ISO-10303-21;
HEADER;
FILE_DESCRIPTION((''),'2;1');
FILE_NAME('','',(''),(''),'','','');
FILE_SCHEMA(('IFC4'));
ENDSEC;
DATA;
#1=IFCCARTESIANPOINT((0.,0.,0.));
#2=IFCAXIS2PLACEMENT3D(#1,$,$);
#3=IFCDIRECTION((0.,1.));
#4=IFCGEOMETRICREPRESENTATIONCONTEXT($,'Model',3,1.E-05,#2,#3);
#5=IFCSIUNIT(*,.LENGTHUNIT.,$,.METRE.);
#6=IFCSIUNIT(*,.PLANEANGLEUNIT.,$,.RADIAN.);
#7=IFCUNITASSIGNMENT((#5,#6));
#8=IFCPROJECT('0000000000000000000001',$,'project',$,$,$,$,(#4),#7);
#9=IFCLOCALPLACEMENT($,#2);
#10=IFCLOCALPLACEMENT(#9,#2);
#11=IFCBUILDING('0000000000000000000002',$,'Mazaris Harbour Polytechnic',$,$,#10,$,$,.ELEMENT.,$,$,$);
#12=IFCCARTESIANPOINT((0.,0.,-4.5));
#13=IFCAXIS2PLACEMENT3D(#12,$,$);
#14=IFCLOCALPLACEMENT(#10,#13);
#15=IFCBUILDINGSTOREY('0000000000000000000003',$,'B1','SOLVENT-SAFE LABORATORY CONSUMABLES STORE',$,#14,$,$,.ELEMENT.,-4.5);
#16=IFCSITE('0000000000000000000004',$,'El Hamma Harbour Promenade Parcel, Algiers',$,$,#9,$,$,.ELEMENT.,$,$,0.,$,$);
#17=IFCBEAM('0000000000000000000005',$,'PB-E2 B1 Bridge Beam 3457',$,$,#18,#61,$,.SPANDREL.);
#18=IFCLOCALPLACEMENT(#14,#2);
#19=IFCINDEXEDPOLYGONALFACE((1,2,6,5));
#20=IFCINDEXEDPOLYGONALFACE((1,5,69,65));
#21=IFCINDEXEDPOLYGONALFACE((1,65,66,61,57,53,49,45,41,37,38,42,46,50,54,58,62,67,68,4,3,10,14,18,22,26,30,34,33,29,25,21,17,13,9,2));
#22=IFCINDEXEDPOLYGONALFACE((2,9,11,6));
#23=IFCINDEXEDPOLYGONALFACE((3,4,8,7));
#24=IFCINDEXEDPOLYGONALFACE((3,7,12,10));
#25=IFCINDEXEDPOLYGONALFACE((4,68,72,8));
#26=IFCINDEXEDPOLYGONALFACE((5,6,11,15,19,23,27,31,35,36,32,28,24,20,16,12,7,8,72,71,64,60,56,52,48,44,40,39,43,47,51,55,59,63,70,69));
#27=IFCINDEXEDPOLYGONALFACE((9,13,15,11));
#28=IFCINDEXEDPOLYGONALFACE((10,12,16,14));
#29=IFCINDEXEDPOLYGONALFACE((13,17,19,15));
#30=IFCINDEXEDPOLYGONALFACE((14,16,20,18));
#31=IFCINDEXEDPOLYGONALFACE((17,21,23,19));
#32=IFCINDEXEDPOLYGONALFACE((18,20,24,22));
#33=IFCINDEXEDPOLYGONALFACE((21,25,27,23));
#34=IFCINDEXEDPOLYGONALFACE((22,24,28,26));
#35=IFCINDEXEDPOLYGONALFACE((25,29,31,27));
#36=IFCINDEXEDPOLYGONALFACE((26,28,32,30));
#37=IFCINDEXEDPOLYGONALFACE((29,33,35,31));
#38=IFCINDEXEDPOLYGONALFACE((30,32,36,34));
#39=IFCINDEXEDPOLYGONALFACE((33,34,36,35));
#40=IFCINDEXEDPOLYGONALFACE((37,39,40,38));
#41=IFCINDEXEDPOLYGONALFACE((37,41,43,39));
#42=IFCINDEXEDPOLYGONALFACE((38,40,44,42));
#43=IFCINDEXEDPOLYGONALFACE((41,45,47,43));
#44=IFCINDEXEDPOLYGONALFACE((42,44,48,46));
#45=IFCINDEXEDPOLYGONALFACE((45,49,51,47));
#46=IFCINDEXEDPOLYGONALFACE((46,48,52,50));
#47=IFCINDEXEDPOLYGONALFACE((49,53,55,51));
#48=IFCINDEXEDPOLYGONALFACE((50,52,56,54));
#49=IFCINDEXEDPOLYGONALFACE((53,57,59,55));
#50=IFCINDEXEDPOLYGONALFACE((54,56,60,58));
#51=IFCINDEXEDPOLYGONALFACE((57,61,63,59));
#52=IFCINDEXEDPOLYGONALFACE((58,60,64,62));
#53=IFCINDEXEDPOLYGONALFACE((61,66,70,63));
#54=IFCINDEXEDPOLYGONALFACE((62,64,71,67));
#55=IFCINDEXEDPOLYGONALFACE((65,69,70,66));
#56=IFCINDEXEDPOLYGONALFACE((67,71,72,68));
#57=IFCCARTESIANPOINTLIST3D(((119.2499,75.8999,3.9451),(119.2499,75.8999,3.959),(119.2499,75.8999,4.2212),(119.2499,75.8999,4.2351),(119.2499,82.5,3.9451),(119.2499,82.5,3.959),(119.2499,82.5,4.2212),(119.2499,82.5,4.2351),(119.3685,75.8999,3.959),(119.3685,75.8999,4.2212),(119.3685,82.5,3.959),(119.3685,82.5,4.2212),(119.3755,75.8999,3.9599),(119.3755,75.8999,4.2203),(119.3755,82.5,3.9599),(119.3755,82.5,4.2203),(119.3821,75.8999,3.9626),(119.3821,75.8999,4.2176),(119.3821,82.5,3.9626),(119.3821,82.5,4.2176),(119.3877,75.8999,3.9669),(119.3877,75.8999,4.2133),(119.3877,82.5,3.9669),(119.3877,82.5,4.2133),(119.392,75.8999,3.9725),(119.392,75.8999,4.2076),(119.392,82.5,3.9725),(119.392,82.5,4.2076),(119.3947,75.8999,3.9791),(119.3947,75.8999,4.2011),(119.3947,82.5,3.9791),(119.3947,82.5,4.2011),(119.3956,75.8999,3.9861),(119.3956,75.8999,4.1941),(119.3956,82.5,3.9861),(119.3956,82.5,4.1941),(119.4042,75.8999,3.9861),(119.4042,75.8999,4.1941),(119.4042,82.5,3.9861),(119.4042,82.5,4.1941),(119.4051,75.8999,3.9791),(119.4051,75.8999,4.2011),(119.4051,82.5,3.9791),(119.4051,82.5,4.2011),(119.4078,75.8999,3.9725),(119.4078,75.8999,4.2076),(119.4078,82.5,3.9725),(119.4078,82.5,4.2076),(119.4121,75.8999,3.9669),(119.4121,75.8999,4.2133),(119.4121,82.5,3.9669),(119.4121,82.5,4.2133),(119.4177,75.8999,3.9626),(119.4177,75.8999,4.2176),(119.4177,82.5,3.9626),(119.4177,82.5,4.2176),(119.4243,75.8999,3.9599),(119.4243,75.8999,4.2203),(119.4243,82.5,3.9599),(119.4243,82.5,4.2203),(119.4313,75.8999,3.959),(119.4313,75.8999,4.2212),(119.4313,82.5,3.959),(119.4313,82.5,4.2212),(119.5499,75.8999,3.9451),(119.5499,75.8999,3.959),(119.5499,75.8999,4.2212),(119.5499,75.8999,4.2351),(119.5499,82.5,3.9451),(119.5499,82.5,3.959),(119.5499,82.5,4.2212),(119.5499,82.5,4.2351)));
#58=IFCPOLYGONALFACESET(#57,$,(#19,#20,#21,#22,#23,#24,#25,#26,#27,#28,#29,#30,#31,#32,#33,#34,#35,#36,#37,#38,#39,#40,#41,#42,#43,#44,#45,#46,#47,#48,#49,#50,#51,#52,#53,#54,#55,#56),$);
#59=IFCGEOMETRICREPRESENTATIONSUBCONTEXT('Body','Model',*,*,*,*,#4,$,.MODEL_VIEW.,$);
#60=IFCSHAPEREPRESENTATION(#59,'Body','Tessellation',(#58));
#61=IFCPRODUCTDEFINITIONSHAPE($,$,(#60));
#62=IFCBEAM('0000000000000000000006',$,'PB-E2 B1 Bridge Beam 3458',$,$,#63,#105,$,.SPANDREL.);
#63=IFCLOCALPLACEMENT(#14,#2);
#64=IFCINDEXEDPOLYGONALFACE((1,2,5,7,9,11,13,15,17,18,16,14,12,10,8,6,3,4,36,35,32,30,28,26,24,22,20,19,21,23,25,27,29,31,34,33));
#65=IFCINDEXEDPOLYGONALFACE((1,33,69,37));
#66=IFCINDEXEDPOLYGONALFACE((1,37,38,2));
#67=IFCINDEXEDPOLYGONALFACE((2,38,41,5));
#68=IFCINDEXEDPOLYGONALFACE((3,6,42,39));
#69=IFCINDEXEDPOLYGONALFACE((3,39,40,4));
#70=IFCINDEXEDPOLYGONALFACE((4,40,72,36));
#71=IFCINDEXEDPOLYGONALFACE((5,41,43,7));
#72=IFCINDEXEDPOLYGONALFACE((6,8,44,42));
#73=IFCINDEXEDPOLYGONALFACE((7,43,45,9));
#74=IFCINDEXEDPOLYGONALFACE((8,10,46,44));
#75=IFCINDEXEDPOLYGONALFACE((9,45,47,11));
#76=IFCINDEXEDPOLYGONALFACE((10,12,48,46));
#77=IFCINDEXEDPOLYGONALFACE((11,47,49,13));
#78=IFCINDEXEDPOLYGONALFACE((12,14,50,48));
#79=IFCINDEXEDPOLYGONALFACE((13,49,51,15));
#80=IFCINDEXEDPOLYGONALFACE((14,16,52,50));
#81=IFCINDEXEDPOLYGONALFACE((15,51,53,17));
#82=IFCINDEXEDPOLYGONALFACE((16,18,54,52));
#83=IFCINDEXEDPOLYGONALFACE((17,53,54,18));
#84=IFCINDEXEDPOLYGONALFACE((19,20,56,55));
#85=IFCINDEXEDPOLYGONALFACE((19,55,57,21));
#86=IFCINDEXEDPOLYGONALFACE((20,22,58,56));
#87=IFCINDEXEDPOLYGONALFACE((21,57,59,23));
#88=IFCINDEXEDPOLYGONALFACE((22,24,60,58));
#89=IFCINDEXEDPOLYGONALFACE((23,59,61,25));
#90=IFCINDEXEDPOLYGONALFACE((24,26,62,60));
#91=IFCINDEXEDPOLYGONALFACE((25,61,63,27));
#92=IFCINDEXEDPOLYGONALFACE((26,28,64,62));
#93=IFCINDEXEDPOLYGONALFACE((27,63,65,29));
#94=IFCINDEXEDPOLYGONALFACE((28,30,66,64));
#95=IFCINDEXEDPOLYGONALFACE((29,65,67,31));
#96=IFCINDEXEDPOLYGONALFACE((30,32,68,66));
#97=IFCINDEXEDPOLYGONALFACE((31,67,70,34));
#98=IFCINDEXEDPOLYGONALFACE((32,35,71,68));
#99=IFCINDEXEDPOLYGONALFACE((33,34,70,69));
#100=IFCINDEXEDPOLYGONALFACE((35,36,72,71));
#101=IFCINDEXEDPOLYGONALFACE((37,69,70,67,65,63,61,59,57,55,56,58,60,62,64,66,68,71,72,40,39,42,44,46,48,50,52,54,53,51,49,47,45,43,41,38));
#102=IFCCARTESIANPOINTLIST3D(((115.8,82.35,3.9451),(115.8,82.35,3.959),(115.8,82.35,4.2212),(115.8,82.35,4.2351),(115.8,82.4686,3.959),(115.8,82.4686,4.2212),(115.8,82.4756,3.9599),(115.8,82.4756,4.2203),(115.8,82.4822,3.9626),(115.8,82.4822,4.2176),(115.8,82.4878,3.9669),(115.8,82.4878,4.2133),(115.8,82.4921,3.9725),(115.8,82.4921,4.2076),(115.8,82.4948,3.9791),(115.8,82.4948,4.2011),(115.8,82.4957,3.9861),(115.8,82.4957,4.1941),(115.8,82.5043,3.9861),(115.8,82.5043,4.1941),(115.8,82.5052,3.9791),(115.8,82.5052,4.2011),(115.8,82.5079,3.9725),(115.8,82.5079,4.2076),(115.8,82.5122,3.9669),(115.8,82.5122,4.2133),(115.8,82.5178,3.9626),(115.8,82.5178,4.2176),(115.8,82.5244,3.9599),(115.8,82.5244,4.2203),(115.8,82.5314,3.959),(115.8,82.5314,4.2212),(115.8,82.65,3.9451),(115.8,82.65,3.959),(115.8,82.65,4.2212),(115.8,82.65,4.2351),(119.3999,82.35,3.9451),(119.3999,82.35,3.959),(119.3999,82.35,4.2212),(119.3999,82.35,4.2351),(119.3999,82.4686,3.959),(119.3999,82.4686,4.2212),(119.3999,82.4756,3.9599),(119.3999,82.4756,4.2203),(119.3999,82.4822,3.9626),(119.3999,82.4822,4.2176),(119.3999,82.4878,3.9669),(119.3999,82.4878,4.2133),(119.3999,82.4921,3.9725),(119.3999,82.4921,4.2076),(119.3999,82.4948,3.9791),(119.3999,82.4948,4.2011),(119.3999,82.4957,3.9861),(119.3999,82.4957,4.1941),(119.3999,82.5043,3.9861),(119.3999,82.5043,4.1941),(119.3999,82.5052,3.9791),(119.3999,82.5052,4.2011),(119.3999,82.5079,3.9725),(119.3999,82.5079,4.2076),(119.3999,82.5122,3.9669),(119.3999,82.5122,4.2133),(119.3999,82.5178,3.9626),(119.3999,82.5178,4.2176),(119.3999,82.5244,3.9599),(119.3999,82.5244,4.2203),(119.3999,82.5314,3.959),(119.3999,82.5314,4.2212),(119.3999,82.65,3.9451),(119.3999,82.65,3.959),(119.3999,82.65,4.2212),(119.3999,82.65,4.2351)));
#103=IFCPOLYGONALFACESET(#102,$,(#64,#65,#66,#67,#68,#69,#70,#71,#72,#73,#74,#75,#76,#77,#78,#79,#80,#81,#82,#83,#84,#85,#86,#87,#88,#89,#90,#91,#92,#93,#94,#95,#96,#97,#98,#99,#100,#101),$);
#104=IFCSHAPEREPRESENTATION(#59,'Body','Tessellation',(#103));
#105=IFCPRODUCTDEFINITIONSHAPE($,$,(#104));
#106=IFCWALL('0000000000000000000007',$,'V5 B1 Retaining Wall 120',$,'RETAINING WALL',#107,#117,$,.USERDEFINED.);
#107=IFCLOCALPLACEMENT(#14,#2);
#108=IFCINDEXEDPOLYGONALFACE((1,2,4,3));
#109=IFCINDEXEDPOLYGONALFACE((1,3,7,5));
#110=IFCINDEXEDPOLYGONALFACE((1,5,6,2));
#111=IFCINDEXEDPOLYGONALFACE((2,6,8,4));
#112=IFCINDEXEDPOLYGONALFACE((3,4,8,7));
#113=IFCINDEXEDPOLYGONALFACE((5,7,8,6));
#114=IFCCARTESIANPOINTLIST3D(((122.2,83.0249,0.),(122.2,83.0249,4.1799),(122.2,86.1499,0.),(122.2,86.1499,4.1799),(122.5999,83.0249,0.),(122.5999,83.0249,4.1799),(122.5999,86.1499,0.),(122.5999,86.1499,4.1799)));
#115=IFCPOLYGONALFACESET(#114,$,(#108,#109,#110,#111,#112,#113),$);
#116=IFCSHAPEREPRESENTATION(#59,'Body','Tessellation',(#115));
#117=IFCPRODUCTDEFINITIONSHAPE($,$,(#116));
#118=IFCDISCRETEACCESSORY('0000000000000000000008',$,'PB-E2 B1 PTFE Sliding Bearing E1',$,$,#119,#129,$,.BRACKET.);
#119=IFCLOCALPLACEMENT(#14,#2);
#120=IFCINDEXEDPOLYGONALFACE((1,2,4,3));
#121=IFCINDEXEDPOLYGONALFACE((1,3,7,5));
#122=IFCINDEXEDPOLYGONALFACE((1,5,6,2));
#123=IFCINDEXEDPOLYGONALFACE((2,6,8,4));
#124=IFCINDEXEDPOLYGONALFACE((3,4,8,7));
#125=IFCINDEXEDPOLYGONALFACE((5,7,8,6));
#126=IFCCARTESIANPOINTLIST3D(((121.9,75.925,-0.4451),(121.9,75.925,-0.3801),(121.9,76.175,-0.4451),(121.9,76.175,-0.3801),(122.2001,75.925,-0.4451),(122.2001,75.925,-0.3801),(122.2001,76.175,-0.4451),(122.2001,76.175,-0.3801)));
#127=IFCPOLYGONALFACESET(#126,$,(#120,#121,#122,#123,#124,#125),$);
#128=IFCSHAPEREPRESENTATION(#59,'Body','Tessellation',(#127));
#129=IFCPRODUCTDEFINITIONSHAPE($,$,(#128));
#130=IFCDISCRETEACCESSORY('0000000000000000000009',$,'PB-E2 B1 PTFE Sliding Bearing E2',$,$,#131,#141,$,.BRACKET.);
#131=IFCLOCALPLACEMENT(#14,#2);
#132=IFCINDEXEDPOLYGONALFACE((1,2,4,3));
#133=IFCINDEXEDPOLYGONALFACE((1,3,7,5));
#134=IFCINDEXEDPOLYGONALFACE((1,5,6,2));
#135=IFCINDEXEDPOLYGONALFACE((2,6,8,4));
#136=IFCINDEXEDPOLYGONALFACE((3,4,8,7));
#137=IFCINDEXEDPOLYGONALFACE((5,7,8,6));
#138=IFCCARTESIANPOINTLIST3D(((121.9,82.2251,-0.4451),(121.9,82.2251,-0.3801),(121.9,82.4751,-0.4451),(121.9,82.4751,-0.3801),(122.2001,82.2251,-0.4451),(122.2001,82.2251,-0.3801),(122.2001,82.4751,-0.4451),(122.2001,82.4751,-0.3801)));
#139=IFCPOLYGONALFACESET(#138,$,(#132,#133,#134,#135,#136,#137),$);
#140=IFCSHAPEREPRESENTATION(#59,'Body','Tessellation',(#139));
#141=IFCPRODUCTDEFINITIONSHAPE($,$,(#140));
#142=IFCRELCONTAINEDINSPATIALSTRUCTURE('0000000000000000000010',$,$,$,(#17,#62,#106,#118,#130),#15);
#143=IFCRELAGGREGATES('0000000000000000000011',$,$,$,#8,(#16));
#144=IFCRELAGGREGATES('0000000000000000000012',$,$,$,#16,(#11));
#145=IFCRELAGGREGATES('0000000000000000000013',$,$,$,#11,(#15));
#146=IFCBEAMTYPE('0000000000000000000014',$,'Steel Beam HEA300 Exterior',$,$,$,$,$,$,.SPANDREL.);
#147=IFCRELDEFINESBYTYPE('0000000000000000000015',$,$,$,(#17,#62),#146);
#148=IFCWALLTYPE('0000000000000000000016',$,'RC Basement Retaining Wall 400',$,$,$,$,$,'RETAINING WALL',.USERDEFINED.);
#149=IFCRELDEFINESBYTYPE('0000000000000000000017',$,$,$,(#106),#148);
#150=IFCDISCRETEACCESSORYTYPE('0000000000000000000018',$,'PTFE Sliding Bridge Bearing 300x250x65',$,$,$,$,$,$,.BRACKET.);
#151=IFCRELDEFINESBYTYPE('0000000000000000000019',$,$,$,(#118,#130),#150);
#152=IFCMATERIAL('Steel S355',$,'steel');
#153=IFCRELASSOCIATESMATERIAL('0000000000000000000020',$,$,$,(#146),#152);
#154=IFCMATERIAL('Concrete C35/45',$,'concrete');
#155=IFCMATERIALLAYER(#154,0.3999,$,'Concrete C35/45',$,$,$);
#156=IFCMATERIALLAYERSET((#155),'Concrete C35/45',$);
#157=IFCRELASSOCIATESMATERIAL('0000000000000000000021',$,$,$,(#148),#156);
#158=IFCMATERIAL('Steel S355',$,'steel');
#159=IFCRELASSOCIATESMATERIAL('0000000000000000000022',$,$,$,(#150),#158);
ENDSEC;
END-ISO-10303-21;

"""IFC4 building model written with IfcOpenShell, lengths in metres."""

from ifc_helpers import new_model, si_unit, direction, frame, frame_2d, origin, origin_2d, place, context, subcontext, project, spatial, rectangle, i_section, extrude, material, layer, layer_set, material_profile, profile_set, type_object, element, save


model = new_model("IFC4")

# Units and contexts
model_context = context("Model", 3, precision=1e-05, world=origin(), true_north=direction((0.0, 1.0)))
body_context = subcontext(model_context, "Body", "Model", "MODEL_VIEW")
ifc_project = project(units=[si_unit("LENGTHUNIT", "METRE"), si_unit("PLANEANGLEUNIT", "RADIAN")], contexts=[model_context])

# Site, building, storey
site_placement = place(None, origin())
site = spatial("IfcSite", under=ifc_project, at=site_placement, Name="El Hamma Harbour Promenade Parcel, Algiers", CompositionType="ELEMENT", RefElevation=0.0)
building_placement = place(site_placement, origin())
building = spatial("IfcBuilding", under=site, at=building_placement, Name="Mazaris Harbour Polytechnic", CompositionType="ELEMENT")
storey_placement = place(building_placement, frame((0.0, 0.0, -4.5)))
storey = spatial("IfcBuildingStorey", under=building, at=storey_placement, Name="B1", Description="SOLVENT-SAFE LABORATORY CONSUMABLES STORE", CompositionType="ELEMENT", Elevation=-4.5)

# Beams
ifc_material_1 = material(Name="Steel S355", Category="steel")
ifc_material_profile_1 = material_profile(ifc_material_1, i_section(OverallWidth=0.3, OverallDepth=0.29, WebThickness=0.0085, FlangeThickness=0.0139, FilletRadius=0.0271, at=origin_2d()), Name="HEA 300")
ifc_profile_set_1 = profile_set([ifc_material_profile_1], Name="Steel S355")
beam_type_1 = type_object("IfcBeamType", Name="Steel Beam HEA300 Exterior", PredefinedType="SPANDREL", material=ifc_profile_set_1)
for number, where, z_axis, x_axis, name in (
    (1, (119.3999, 75.8999, 4.0901), (0.0, 1.0, 0.0), (-1.0, 0.0, 0.0), "PB-E2 B1 Bridge Beam 3457"),
):
    element("IfcBeam", number, at=place(storey_placement, frame(where, z_axis=z_axis, x_axis=x_axis)), inside=storey, type_object=beam_type_1, Name=name, PredefinedType="SPANDREL", context=body_context, shape_type="SweptSolid", body=[
        extrude(i_section(OverallWidth=0.3, OverallDepth=0.29, WebThickness=0.0085, FlangeThickness=0.0139, FilletRadius=0.0271, at=origin_2d()), origin(), (0.0, 0.0, 1.0), 6.6001),
    ])
beam_1_placement = place(storey_placement, frame((115.8, 82.5, 4.0901), z_axis=(1.0, 0.0, 0.0), x_axis=(0.0, 1.0, 0.0)))
element("IfcBeam", 2, at=beam_1_placement, inside=storey, type_object=beam_type_1, Name="PB-E2 B1 Bridge Beam 3458", PredefinedType="SPANDREL", context=body_context, shape_type="SweptSolid", body=[
    extrude(i_section(OverallWidth=0.3, OverallDepth=0.29, WebThickness=0.0085, FlangeThickness=0.0139, FilletRadius=0.0271, at=origin_2d()), origin(), (0.0, 0.0, 1.0), 3.5999),
])

# Wall
ifc_material_2 = material(Name="Concrete C35/45", Category="concrete")
ifc_layer = layer(ifc_material_2, 0.3999, Name="Concrete C35/45")
ifc_layer_set = layer_set([ifc_layer], Name="Concrete C35/45")
wall_type = type_object("IfcWallType", Name="RC Basement Retaining Wall 400", ElementType="RETAINING WALL", PredefinedType="USERDEFINED", material=ifc_layer_set)
wall_placement = place(storey_placement, frame((122.3999, 83.0249, 0.0), z_axis=(0.0, 0.0, 1.0), x_axis=(0.0, 1.0, 0.0)))
element("IfcWall", 3, at=wall_placement, inside=storey, type_object=wall_type, Name="V5 B1 Retaining Wall 120", ObjectType="RETAINING WALL", PredefinedType="USERDEFINED", context=body_context, shape_type="SweptSolid", body=[
    extrude(rectangle(XDim=3.125, YDim=0.3999, at=frame_2d((1.5625, 0.0))), origin(), (0.0, 0.0, 1.0), 4.1799),
])

# Discrete accessories
ifc_material_3 = material(Name="Steel S355", Category="steel")
discrete_accessory_type = type_object("IfcDiscreteAccessoryType", Name="PTFE Sliding Bridge Bearing 300x250x65", PredefinedType="BRACKET", material=ifc_material_3)
for number, where, z_axis, x_axis, name in (
    (4, (122.05, 76.05, -0.4451), (0.0, 0.0, 1.0), (1.0, 0.0, 0.0), "PB-E2 B1 PTFE Sliding Bearing E1"),
    (5, (122.05, 82.3501, -0.4451), (0.0, 0.0, 1.0), (1.0, 0.0, 0.0), "PB-E2 B1 PTFE Sliding Bearing E2"),
):
    element("IfcDiscreteAccessory", number, at=place(storey_placement, frame(where, z_axis=z_axis, x_axis=x_axis)), inside=storey, type_object=discrete_accessory_type, Name=name, PredefinedType="BRACKET", context=body_context, shape_type="SweptSolid", body=[
        extrude(rectangle(XDim=0.3, YDim=0.25, at=origin_2d()), origin(), (0.0, 0.0, 1.0), 0.0649),
    ])

save(model, "model.ifc")
